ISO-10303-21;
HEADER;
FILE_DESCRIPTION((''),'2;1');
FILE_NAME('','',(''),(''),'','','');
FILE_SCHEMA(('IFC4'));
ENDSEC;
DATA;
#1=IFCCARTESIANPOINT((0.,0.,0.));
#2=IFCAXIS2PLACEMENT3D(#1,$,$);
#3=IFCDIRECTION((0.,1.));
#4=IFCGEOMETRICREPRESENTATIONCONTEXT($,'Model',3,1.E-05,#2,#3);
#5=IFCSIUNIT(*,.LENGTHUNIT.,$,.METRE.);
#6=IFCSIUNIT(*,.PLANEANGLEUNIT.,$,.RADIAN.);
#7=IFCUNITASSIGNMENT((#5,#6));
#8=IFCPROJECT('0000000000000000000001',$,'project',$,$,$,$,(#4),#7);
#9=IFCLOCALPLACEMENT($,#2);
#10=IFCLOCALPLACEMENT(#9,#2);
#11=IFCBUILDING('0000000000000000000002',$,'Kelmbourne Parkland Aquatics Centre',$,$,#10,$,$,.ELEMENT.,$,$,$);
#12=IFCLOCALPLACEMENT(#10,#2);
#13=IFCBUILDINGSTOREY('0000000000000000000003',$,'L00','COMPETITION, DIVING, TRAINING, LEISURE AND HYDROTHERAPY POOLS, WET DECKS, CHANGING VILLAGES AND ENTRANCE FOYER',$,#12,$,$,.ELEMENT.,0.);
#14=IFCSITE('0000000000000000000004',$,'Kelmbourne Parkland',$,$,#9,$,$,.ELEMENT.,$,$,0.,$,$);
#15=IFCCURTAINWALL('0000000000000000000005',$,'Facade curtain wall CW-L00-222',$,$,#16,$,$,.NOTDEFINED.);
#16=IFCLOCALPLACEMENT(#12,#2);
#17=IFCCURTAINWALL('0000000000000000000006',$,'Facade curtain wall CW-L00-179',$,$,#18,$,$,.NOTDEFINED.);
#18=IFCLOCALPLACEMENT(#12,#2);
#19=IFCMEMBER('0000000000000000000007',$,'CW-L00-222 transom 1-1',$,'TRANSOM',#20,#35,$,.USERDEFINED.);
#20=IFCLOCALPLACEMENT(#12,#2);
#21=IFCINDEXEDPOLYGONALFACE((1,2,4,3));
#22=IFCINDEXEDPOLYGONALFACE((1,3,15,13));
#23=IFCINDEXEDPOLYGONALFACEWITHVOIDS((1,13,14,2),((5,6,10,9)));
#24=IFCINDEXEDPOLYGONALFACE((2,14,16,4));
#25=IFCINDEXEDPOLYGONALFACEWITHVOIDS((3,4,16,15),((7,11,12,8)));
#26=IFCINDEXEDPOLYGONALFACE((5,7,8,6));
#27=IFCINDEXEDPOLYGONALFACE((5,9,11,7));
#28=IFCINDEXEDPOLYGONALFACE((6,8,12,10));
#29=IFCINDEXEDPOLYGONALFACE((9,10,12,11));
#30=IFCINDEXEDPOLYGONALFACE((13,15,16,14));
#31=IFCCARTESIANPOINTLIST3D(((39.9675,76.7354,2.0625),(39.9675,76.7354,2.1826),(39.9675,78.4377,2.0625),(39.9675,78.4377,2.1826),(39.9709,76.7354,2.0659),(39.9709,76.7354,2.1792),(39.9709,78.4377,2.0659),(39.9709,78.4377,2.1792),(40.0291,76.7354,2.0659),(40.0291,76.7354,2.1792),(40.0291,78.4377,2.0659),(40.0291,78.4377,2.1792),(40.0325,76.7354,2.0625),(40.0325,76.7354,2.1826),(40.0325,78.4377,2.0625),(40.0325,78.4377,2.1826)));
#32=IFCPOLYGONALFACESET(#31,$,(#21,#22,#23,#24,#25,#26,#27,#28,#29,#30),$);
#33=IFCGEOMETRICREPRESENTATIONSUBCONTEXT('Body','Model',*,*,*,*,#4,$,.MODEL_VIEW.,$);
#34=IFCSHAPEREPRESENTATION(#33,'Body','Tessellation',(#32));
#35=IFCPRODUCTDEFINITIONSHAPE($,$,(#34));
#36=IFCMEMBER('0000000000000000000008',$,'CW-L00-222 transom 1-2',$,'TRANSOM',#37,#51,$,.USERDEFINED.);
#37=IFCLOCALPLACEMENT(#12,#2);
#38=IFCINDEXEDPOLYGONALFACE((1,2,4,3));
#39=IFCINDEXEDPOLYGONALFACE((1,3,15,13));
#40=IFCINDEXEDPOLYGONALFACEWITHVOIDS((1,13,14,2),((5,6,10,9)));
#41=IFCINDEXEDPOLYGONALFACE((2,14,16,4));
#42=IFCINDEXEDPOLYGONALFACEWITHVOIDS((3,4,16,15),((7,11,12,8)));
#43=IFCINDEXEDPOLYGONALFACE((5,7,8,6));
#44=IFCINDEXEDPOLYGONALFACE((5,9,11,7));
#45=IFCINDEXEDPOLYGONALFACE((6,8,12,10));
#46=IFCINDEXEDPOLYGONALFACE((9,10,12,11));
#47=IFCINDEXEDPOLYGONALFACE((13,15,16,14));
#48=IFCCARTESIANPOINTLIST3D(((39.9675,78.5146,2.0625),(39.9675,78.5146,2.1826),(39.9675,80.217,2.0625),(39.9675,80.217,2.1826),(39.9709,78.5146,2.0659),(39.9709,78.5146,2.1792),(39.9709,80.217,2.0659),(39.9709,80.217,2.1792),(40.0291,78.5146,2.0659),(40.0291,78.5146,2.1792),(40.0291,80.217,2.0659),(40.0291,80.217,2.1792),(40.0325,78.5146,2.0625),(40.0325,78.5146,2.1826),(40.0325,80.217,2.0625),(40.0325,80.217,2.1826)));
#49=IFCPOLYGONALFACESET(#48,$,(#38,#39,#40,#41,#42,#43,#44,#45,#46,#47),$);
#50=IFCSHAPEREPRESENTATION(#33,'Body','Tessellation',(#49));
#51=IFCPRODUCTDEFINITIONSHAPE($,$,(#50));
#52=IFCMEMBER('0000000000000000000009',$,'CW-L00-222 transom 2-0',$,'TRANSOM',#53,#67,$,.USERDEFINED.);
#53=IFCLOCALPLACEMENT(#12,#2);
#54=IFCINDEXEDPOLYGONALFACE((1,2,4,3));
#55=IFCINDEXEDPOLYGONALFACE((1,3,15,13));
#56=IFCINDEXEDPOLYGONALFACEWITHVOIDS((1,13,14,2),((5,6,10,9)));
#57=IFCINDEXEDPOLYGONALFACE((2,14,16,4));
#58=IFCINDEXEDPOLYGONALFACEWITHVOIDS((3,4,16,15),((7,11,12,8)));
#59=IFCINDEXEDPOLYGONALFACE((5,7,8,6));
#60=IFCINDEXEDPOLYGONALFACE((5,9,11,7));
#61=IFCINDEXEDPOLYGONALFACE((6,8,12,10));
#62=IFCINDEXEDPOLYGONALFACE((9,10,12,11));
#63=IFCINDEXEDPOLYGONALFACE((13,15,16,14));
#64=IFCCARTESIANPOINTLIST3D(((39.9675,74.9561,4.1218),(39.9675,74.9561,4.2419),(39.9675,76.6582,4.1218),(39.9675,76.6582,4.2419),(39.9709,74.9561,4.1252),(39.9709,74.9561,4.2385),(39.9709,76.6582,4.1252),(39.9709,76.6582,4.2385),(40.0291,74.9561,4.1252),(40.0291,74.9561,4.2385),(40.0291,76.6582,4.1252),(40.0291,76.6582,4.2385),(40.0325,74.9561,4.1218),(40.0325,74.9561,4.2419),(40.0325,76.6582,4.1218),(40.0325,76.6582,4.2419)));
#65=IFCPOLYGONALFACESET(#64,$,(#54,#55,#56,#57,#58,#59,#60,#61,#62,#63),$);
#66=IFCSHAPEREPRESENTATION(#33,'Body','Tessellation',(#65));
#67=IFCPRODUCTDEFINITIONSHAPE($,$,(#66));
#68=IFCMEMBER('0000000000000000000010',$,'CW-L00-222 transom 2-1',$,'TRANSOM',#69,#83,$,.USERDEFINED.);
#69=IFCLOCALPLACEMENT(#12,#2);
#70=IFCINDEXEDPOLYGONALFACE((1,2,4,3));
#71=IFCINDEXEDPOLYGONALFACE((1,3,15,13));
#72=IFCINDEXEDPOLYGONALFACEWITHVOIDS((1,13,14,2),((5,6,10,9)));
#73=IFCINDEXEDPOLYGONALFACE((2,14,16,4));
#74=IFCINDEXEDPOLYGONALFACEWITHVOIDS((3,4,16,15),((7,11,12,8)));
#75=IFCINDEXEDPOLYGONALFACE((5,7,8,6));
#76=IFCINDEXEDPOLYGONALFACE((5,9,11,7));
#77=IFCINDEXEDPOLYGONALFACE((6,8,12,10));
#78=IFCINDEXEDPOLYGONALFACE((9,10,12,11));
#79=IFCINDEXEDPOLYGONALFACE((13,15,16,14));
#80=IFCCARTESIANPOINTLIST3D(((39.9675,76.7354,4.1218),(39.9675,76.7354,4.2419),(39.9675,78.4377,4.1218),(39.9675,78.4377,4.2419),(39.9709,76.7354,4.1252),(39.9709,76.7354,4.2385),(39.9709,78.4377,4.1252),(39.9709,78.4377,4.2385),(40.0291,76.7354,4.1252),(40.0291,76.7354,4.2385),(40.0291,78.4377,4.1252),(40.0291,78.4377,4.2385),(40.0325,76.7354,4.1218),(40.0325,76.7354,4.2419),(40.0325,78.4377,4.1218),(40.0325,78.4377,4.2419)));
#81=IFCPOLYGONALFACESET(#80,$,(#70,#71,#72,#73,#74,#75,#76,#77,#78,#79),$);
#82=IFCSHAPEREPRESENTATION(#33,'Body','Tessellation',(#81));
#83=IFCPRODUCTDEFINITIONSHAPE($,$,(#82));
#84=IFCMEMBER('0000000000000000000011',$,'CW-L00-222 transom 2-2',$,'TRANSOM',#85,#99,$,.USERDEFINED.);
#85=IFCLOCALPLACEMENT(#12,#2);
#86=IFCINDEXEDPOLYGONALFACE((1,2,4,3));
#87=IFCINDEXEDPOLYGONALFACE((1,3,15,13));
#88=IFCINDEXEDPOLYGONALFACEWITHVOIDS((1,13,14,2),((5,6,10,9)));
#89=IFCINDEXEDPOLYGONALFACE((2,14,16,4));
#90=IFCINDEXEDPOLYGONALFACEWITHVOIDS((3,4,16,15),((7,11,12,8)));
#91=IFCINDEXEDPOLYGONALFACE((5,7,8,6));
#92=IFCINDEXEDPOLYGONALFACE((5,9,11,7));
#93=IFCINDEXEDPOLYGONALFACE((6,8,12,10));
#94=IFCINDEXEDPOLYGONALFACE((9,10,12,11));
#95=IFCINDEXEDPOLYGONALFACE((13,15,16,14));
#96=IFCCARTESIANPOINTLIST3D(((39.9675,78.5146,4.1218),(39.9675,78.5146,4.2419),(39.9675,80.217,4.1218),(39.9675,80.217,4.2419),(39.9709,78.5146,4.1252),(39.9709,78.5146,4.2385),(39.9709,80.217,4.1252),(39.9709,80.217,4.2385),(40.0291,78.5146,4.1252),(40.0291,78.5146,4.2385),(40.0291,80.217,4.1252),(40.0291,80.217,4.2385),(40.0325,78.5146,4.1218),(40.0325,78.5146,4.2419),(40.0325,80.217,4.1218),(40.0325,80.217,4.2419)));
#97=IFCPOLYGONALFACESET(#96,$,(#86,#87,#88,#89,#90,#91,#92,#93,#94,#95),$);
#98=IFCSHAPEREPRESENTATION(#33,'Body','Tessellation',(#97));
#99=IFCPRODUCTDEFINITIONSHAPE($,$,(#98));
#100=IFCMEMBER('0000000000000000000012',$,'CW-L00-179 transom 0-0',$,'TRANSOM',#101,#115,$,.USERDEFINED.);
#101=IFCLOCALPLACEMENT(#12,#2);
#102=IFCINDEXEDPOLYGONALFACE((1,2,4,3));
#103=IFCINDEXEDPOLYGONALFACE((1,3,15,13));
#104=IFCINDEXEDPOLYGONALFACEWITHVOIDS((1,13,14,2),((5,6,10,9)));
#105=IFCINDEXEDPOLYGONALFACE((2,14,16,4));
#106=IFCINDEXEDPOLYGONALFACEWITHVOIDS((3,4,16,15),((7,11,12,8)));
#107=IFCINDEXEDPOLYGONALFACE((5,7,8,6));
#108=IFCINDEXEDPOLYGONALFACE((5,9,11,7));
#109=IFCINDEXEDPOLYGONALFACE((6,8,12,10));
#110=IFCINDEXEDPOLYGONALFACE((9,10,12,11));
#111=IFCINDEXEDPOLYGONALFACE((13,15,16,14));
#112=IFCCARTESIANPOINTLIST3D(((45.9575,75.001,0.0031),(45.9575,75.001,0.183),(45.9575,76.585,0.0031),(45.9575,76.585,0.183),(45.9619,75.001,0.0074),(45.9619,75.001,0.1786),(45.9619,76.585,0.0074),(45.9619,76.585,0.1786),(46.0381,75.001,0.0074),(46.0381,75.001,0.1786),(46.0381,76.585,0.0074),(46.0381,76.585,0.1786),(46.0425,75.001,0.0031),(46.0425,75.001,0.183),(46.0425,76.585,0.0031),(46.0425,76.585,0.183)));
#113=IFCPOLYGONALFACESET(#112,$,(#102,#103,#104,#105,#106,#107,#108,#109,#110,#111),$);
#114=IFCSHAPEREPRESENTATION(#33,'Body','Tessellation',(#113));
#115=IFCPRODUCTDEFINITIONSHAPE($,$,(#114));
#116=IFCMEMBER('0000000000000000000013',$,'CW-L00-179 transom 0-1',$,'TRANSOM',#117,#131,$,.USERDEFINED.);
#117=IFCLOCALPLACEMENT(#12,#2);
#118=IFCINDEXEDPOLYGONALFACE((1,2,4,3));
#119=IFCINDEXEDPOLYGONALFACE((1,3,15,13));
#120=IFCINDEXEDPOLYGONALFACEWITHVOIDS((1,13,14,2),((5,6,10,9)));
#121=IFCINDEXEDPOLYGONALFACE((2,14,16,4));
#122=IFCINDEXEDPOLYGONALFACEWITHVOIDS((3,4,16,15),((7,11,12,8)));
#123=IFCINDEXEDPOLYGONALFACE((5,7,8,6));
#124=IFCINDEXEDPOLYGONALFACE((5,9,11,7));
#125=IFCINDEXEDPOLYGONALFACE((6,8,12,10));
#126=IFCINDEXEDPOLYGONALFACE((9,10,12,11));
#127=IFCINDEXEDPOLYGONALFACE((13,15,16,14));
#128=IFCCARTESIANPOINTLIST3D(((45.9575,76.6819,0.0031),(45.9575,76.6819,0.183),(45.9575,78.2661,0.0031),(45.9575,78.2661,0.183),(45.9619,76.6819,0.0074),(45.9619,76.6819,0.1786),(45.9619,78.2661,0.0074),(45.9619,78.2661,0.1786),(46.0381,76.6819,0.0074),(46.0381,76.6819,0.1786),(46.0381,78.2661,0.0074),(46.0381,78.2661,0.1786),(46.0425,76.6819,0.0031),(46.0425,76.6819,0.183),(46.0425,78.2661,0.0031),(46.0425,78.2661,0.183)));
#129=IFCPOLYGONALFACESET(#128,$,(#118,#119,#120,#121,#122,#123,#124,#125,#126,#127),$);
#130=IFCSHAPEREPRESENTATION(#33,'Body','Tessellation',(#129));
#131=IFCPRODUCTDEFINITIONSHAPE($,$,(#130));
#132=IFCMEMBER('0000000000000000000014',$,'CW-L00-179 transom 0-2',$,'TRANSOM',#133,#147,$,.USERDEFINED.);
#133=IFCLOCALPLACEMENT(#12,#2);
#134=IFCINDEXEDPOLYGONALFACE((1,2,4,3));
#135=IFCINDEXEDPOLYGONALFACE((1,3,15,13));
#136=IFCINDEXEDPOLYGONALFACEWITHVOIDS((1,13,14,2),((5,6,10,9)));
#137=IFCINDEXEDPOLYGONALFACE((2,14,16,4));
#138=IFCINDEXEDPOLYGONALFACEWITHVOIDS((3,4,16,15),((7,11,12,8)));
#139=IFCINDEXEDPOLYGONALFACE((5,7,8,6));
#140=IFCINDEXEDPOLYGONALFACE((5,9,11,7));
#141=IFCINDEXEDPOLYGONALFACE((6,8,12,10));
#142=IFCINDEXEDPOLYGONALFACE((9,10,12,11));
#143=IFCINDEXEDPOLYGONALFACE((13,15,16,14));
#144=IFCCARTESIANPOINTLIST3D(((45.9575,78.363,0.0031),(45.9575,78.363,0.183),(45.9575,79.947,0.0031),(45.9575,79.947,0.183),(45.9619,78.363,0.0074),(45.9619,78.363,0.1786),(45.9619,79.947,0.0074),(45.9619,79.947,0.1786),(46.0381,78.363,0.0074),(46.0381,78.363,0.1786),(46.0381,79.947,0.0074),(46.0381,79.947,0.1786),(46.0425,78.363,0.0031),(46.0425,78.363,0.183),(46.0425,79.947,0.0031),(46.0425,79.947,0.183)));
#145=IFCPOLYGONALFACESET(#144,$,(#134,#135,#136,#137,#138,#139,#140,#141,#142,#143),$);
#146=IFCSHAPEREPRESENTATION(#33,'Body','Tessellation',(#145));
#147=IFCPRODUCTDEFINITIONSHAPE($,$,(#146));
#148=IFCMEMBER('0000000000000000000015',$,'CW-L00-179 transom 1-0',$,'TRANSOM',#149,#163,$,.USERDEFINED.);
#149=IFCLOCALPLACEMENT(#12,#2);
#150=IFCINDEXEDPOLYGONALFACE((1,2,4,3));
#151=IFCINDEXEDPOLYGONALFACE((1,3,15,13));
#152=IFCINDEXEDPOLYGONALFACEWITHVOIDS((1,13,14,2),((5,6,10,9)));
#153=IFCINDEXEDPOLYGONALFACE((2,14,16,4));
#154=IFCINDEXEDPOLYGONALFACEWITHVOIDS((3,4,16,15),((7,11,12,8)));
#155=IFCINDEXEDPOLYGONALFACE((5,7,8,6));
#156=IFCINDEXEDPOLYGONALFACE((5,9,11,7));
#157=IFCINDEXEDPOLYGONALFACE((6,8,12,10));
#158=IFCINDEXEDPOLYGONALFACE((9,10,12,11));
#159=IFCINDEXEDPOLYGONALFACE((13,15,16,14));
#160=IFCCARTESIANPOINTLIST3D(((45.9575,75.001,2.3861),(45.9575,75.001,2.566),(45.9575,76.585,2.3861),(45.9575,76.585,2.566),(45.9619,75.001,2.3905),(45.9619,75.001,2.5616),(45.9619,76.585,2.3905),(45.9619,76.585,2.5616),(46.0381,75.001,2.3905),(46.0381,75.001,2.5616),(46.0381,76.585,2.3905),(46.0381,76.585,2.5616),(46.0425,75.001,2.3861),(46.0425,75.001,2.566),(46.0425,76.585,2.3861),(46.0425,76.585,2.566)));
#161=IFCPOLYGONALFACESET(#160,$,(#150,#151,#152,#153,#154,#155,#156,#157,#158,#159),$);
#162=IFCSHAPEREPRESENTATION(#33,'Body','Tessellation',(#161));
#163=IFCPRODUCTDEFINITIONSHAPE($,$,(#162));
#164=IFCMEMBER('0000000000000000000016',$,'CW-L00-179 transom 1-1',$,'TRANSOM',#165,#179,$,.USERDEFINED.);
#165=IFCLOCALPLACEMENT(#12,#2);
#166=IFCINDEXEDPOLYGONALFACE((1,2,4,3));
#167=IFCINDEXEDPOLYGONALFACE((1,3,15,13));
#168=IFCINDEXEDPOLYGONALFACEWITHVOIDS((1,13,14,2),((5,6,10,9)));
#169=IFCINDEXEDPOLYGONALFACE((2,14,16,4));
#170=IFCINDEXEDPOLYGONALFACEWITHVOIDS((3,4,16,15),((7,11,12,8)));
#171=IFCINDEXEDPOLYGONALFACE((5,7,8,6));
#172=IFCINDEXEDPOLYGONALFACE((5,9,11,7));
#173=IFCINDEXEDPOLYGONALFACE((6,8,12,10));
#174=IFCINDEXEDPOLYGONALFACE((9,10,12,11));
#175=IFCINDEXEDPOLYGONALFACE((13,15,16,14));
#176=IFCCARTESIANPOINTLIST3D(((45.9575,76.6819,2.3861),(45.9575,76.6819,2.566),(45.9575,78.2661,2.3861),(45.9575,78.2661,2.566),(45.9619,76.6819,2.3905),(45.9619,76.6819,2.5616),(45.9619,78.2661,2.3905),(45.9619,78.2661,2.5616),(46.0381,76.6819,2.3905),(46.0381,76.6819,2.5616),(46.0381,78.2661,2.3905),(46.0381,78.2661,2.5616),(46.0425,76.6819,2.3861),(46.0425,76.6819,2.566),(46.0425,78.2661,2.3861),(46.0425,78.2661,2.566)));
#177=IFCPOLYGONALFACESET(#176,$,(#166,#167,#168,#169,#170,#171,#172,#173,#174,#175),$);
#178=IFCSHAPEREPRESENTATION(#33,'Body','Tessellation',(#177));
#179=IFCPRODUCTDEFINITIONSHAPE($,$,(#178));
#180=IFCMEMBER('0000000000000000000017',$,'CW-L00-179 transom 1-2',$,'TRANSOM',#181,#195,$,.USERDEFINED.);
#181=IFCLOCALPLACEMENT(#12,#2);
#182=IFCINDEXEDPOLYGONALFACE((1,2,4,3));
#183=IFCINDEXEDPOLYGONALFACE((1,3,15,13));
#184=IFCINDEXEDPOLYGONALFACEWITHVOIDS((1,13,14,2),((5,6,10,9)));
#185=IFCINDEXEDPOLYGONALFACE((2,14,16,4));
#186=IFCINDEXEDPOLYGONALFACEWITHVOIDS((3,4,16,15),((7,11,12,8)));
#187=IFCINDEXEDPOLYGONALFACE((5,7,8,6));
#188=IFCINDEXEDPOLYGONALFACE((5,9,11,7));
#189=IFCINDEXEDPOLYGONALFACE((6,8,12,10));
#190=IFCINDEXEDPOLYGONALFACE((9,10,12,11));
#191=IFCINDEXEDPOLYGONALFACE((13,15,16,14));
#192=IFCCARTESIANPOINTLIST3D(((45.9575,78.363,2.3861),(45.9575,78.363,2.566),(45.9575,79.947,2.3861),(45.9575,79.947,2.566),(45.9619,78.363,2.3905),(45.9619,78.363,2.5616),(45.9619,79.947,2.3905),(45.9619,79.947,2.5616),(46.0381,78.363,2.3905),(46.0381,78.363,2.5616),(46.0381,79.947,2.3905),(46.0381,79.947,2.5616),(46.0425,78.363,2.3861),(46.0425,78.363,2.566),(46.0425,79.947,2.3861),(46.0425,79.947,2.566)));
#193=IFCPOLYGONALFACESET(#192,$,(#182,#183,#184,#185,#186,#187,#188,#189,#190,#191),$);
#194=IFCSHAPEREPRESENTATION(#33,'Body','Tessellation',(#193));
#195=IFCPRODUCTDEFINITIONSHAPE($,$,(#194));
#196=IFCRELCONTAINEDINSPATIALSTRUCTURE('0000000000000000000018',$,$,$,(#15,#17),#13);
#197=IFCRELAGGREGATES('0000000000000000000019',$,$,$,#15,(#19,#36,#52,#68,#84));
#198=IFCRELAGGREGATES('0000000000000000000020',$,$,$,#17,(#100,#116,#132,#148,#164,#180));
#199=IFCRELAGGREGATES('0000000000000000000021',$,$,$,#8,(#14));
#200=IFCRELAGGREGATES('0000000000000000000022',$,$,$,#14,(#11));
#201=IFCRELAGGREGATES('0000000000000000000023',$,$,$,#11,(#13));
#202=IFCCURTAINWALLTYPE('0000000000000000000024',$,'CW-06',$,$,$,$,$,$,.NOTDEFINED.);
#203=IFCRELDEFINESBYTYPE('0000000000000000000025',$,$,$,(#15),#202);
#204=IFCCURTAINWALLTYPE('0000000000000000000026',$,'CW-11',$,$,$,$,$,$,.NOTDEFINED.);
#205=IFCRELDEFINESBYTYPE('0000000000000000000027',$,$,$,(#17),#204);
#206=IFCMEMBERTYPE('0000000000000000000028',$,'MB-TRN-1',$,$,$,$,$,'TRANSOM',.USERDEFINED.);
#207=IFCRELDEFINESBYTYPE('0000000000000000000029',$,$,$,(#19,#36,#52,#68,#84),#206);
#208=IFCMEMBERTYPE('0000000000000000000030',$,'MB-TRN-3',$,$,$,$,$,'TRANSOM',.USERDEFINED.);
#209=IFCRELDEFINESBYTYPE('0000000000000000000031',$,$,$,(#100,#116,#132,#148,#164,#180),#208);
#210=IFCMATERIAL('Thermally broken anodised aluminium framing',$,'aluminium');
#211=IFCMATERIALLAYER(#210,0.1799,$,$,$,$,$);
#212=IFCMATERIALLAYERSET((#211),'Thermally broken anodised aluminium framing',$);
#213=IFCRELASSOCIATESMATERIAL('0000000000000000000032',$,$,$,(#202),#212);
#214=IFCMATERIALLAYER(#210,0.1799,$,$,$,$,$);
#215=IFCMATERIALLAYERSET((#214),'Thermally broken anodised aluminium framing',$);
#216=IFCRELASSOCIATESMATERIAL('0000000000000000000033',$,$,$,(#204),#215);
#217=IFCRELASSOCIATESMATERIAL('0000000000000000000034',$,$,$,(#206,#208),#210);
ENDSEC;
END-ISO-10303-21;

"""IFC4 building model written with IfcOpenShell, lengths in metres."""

from ifc_helpers import new_model, si_unit, direction, frame, origin, origin_2d, place, context, subcontext, project, spatial, hollow_rectangle, extrude, material, layer, layer_set, material_profile, profile_set, type_object, element, aggregate, save


model = new_model("IFC4")

# Units and contexts
model_context = context("Model", 3, precision=1e-05, world=origin(), true_north=direction((0.0, 1.0)))
body_context = subcontext(model_context, "Body", "Model", "MODEL_VIEW")
ifc_project = project(units=[si_unit("LENGTHUNIT", "METRE"), si_unit("PLANEANGLEUNIT", "RADIAN")], contexts=[model_context])

# Site, building, storey
site_placement = place(None, origin())
site = spatial("IfcSite", under=ifc_project, at=site_placement, Name="Kelmbourne Parkland", CompositionType="ELEMENT", RefElevation=0.0)
building_placement = place(site_placement, origin())
building = spatial("IfcBuilding", under=site, at=building_placement, Name="Kelmbourne Parkland Aquatics Centre", CompositionType="ELEMENT")
storey_placement = place(building_placement, origin())
storey = spatial("IfcBuildingStorey", under=building, at=storey_placement, Name="L00", Description="COMPETITION, DIVING, TRAINING, LEISURE AND HYDROTHERAPY POOLS, WET DECKS, CHANGING VILLAGES AND ENTRANCE FOYER", CompositionType="ELEMENT", Elevation=0.0)

# Curtain walls
ifc_material_1 = material(Name="Thermally broken anodised aluminium framing", Category="aluminium")
ifc_layer_1 = layer(ifc_material_1, 0.1799)
ifc_layer_set_1 = layer_set([ifc_layer_1], Name="Thermally broken anodised aluminium framing")
curtain_wall_type_1 = type_object("IfcCurtainWallType", Name="CW-06", PredefinedType="NOTDEFINED", material=ifc_layer_set_1)
curtain_wall_1_placement = place(storey_placement, origin())
curtain_wall_1 = element("IfcCurtainWall", 1, at=curtain_wall_1_placement, inside=storey, type_object=curtain_wall_type_1, Name="Facade curtain wall CW-L00-222", PredefinedType="NOTDEFINED")
ifc_layer_2 = layer(ifc_material_1, 0.1799)
ifc_layer_set_2 = layer_set([ifc_layer_2], Name="Thermally broken anodised aluminium framing")
curtain_wall_type_2 = type_object("IfcCurtainWallType", Name="CW-11", PredefinedType="NOTDEFINED", material=ifc_layer_set_2)
curtain_wall_2_placement = place(storey_placement, origin())
curtain_wall_2 = element("IfcCurtainWall", 2, at=curtain_wall_2_placement, inside=storey, type_object=curtain_wall_type_2, Name="Facade curtain wall CW-L00-179", PredefinedType="NOTDEFINED")

# Members
ifc_material_profile_1 = material_profile(ifc_material_1, hollow_rectangle(XDim=0.0649, YDim=0.1201, WallThickness=0.0034, at=origin_2d()), Name="CW-T 65x120")
ifc_profile_set_1 = profile_set([ifc_material_profile_1], Name="Thermally broken anodised aluminium framing")
member_type_1 = type_object("IfcMemberType", Name="MB-TRN-1", ElementType="TRANSOM", PredefinedType="USERDEFINED", material=ifc_profile_set_1)
member_1_placement = place(storey_placement, frame((40.0, 76.7354, 2.1226), z_axis=(0.0, 1.0, 0.0), x_axis=(-1.0, 0.0, 0.0)))
member_1 = element("IfcMember", 3, at=member_1_placement, type_object=member_type_1, Name="CW-L00-222 transom 1-1", ObjectType="TRANSOM", PredefinedType="USERDEFINED", context=body_context, shape_type="SweptSolid", body=[
    extrude(hollow_rectangle(XDim=0.0649, YDim=0.1201, WallThickness=0.0034, at=origin_2d()), origin(), (0.0, 0.0, 1.0), 1.7024),
])
member_2_placement = place(storey_placement, frame((40.0, 78.5146, 2.1226), z_axis=(0.0, 1.0, 0.0), x_axis=(-1.0, 0.0, 0.0)))
member_2 = element("IfcMember", 4, at=member_2_placement, type_object=member_type_1, Name="CW-L00-222 transom 1-2", ObjectType="TRANSOM", PredefinedType="USERDEFINED", context=body_context, shape_type="SweptSolid", body=[
    extrude(hollow_rectangle(XDim=0.0649, YDim=0.1201, WallThickness=0.0034, at=origin_2d()), origin(), (0.0, 0.0, 1.0), 1.7024),
])
member_3_placement = place(storey_placement, frame((40.0, 74.9561, 4.1819), z_axis=(0.0, 1.0, 0.0), x_axis=(-1.0, 0.0, 0.0)))
member_3 = element("IfcMember", 5, at=member_3_placement, type_object=member_type_1, Name="CW-L00-222 transom 2-0", ObjectType="TRANSOM", PredefinedType="USERDEFINED", context=body_context, shape_type="SweptSolid", body=[
    extrude(hollow_rectangle(XDim=0.0649, YDim=0.1201, WallThickness=0.0034, at=origin_2d()), origin(), (0.0, 0.0, 1.0), 1.7021),
])
member_4_placement = place(storey_placement, frame((40.0, 76.7354, 4.1819), z_axis=(0.0, 1.0, 0.0), x_axis=(-1.0, 0.0, 0.0)))
member_4 = element("IfcMember", 6, at=member_4_placement, type_object=member_type_1, Name="CW-L00-222 transom 2-1", ObjectType="TRANSOM", PredefinedType="USERDEFINED", context=body_context, shape_type="SweptSolid", body=[
    extrude(hollow_rectangle(XDim=0.0649, YDim=0.1201, WallThickness=0.0034, at=origin_2d()), origin(), (0.0, 0.0, 1.0), 1.7024),
])
member_5_placement = place(storey_placement, frame((40.0, 78.5146, 4.1819), z_axis=(0.0, 1.0, 0.0), x_axis=(-1.0, 0.0, 0.0)))
member_5 = element("IfcMember", 7, at=member_5_placement, type_object=member_type_1, Name="CW-L00-222 transom 2-2", ObjectType="TRANSOM", PredefinedType="USERDEFINED", context=body_context, shape_type="SweptSolid", body=[
    extrude(hollow_rectangle(XDim=0.0649, YDim=0.1201, WallThickness=0.0034, at=origin_2d()), origin(), (0.0, 0.0, 1.0), 1.7024),
])
ifc_material_profile_2 = material_profile(ifc_material_1, hollow_rectangle(XDim=0.085, YDim=0.1799, WallThickness=0.0044, at=origin_2d()), Name="CW-T 85x180")
ifc_profile_set_2 = profile_set([ifc_material_profile_2], Name="Thermally broken anodised aluminium framing")
member_type_2 = type_object("IfcMemberType", Name="MB-TRN-3", ElementType="TRANSOM", PredefinedType="USERDEFINED", material=ifc_profile_set_2)
member_6_placement = place(storey_placement, frame((46.0, 75.001, 0.093), z_axis=(0.0, 1.0, 0.0), x_axis=(-1.0, 0.0, 0.0)))
member_6 = element("IfcMember", 8, at=member_6_placement, type_object=member_type_2, Name="CW-L00-179 transom 0-0", ObjectType="TRANSOM", PredefinedType="USERDEFINED", context=body_context, shape_type="SweptSolid", body=[
    extrude(hollow_rectangle(XDim=0.085, YDim=0.1799, WallThickness=0.0044, at=origin_2d()), origin(), (0.0, 0.0, 1.0), 1.584),
])
member_7_placement = place(storey_placement, frame((46.0, 76.6819, 0.093), z_axis=(0.0, 1.0, 0.0), x_axis=(-1.0, 0.0, 0.0)))
member_7 = element("IfcMember", 9, at=member_7_placement, type_object=member_type_2, Name="CW-L00-179 transom 0-1", ObjectType="TRANSOM", PredefinedType="USERDEFINED", context=body_context, shape_type="SweptSolid", body=[
    extrude(hollow_rectangle(XDim=0.085, YDim=0.1799, WallThickness=0.0044, at=origin_2d()), origin(), (0.0, 0.0, 1.0), 1.5842),
])
member_8_placement = place(storey_placement, frame((46.0, 78.363, 0.093), z_axis=(0.0, 1.0, 0.0), x_axis=(-1.0, 0.0, 0.0)))
member_8 = element("IfcMember", 10, at=member_8_placement, type_object=member_type_2, Name="CW-L00-179 transom 0-2", ObjectType="TRANSOM", PredefinedType="USERDEFINED", context=body_context, shape_type="SweptSolid", body=[
    extrude(hollow_rectangle(XDim=0.085, YDim=0.1799, WallThickness=0.0044, at=origin_2d()), origin(), (0.0, 0.0, 1.0), 1.584),
])
member_9_placement = place(storey_placement, frame((46.0, 75.001, 2.4761), z_axis=(0.0, 1.0, 0.0), x_axis=(-1.0, 0.0, 0.0)))
member_9 = element("IfcMember", 11, at=member_9_placement, type_object=member_type_2, Name="CW-L00-179 transom 1-0", ObjectType="TRANSOM", PredefinedType="USERDEFINED", context=body_context, shape_type="SweptSolid", body=[
    extrude(hollow_rectangle(XDim=0.085, YDim=0.1799, WallThickness=0.0044, at=origin_2d()), origin(), (0.0, 0.0, 1.0), 1.584),
])
member_10_placement = place(storey_placement, frame((46.0, 76.6819, 2.4761), z_axis=(0.0, 1.0, 0.0), x_axis=(-1.0, 0.0, 0.0)))
member_10 = element("IfcMember", 12, at=member_10_placement, type_object=member_type_2, Name="CW-L00-179 transom 1-1", ObjectType="TRANSOM", PredefinedType="USERDEFINED", context=body_context, shape_type="SweptSolid", body=[
    extrude(hollow_rectangle(XDim=0.085, YDim=0.1799, WallThickness=0.0044, at=origin_2d()), origin(), (0.0, 0.0, 1.0), 1.5842),
])
member_11_placement = place(storey_placement, frame((46.0, 78.363, 2.4761), z_axis=(0.0, 1.0, 0.0), x_axis=(-1.0, 0.0, 0.0)))
member_11 = element("IfcMember", 13, at=member_11_placement, type_object=member_type_2, Name="CW-L00-179 transom 1-2", ObjectType="TRANSOM", PredefinedType="USERDEFINED", context=body_context, shape_type="SweptSolid", body=[
    extrude(hollow_rectangle(XDim=0.085, YDim=0.1799, WallThickness=0.0044, at=origin_2d()), origin(), (0.0, 0.0, 1.0), 1.584),
])

aggregate(curtain_wall_1, [member_1, member_2, member_3, member_4, member_5])
aggregate(curtain_wall_2, [member_6, member_7, member_8, member_9, member_10, member_11])

save(model, "model.ifc")
